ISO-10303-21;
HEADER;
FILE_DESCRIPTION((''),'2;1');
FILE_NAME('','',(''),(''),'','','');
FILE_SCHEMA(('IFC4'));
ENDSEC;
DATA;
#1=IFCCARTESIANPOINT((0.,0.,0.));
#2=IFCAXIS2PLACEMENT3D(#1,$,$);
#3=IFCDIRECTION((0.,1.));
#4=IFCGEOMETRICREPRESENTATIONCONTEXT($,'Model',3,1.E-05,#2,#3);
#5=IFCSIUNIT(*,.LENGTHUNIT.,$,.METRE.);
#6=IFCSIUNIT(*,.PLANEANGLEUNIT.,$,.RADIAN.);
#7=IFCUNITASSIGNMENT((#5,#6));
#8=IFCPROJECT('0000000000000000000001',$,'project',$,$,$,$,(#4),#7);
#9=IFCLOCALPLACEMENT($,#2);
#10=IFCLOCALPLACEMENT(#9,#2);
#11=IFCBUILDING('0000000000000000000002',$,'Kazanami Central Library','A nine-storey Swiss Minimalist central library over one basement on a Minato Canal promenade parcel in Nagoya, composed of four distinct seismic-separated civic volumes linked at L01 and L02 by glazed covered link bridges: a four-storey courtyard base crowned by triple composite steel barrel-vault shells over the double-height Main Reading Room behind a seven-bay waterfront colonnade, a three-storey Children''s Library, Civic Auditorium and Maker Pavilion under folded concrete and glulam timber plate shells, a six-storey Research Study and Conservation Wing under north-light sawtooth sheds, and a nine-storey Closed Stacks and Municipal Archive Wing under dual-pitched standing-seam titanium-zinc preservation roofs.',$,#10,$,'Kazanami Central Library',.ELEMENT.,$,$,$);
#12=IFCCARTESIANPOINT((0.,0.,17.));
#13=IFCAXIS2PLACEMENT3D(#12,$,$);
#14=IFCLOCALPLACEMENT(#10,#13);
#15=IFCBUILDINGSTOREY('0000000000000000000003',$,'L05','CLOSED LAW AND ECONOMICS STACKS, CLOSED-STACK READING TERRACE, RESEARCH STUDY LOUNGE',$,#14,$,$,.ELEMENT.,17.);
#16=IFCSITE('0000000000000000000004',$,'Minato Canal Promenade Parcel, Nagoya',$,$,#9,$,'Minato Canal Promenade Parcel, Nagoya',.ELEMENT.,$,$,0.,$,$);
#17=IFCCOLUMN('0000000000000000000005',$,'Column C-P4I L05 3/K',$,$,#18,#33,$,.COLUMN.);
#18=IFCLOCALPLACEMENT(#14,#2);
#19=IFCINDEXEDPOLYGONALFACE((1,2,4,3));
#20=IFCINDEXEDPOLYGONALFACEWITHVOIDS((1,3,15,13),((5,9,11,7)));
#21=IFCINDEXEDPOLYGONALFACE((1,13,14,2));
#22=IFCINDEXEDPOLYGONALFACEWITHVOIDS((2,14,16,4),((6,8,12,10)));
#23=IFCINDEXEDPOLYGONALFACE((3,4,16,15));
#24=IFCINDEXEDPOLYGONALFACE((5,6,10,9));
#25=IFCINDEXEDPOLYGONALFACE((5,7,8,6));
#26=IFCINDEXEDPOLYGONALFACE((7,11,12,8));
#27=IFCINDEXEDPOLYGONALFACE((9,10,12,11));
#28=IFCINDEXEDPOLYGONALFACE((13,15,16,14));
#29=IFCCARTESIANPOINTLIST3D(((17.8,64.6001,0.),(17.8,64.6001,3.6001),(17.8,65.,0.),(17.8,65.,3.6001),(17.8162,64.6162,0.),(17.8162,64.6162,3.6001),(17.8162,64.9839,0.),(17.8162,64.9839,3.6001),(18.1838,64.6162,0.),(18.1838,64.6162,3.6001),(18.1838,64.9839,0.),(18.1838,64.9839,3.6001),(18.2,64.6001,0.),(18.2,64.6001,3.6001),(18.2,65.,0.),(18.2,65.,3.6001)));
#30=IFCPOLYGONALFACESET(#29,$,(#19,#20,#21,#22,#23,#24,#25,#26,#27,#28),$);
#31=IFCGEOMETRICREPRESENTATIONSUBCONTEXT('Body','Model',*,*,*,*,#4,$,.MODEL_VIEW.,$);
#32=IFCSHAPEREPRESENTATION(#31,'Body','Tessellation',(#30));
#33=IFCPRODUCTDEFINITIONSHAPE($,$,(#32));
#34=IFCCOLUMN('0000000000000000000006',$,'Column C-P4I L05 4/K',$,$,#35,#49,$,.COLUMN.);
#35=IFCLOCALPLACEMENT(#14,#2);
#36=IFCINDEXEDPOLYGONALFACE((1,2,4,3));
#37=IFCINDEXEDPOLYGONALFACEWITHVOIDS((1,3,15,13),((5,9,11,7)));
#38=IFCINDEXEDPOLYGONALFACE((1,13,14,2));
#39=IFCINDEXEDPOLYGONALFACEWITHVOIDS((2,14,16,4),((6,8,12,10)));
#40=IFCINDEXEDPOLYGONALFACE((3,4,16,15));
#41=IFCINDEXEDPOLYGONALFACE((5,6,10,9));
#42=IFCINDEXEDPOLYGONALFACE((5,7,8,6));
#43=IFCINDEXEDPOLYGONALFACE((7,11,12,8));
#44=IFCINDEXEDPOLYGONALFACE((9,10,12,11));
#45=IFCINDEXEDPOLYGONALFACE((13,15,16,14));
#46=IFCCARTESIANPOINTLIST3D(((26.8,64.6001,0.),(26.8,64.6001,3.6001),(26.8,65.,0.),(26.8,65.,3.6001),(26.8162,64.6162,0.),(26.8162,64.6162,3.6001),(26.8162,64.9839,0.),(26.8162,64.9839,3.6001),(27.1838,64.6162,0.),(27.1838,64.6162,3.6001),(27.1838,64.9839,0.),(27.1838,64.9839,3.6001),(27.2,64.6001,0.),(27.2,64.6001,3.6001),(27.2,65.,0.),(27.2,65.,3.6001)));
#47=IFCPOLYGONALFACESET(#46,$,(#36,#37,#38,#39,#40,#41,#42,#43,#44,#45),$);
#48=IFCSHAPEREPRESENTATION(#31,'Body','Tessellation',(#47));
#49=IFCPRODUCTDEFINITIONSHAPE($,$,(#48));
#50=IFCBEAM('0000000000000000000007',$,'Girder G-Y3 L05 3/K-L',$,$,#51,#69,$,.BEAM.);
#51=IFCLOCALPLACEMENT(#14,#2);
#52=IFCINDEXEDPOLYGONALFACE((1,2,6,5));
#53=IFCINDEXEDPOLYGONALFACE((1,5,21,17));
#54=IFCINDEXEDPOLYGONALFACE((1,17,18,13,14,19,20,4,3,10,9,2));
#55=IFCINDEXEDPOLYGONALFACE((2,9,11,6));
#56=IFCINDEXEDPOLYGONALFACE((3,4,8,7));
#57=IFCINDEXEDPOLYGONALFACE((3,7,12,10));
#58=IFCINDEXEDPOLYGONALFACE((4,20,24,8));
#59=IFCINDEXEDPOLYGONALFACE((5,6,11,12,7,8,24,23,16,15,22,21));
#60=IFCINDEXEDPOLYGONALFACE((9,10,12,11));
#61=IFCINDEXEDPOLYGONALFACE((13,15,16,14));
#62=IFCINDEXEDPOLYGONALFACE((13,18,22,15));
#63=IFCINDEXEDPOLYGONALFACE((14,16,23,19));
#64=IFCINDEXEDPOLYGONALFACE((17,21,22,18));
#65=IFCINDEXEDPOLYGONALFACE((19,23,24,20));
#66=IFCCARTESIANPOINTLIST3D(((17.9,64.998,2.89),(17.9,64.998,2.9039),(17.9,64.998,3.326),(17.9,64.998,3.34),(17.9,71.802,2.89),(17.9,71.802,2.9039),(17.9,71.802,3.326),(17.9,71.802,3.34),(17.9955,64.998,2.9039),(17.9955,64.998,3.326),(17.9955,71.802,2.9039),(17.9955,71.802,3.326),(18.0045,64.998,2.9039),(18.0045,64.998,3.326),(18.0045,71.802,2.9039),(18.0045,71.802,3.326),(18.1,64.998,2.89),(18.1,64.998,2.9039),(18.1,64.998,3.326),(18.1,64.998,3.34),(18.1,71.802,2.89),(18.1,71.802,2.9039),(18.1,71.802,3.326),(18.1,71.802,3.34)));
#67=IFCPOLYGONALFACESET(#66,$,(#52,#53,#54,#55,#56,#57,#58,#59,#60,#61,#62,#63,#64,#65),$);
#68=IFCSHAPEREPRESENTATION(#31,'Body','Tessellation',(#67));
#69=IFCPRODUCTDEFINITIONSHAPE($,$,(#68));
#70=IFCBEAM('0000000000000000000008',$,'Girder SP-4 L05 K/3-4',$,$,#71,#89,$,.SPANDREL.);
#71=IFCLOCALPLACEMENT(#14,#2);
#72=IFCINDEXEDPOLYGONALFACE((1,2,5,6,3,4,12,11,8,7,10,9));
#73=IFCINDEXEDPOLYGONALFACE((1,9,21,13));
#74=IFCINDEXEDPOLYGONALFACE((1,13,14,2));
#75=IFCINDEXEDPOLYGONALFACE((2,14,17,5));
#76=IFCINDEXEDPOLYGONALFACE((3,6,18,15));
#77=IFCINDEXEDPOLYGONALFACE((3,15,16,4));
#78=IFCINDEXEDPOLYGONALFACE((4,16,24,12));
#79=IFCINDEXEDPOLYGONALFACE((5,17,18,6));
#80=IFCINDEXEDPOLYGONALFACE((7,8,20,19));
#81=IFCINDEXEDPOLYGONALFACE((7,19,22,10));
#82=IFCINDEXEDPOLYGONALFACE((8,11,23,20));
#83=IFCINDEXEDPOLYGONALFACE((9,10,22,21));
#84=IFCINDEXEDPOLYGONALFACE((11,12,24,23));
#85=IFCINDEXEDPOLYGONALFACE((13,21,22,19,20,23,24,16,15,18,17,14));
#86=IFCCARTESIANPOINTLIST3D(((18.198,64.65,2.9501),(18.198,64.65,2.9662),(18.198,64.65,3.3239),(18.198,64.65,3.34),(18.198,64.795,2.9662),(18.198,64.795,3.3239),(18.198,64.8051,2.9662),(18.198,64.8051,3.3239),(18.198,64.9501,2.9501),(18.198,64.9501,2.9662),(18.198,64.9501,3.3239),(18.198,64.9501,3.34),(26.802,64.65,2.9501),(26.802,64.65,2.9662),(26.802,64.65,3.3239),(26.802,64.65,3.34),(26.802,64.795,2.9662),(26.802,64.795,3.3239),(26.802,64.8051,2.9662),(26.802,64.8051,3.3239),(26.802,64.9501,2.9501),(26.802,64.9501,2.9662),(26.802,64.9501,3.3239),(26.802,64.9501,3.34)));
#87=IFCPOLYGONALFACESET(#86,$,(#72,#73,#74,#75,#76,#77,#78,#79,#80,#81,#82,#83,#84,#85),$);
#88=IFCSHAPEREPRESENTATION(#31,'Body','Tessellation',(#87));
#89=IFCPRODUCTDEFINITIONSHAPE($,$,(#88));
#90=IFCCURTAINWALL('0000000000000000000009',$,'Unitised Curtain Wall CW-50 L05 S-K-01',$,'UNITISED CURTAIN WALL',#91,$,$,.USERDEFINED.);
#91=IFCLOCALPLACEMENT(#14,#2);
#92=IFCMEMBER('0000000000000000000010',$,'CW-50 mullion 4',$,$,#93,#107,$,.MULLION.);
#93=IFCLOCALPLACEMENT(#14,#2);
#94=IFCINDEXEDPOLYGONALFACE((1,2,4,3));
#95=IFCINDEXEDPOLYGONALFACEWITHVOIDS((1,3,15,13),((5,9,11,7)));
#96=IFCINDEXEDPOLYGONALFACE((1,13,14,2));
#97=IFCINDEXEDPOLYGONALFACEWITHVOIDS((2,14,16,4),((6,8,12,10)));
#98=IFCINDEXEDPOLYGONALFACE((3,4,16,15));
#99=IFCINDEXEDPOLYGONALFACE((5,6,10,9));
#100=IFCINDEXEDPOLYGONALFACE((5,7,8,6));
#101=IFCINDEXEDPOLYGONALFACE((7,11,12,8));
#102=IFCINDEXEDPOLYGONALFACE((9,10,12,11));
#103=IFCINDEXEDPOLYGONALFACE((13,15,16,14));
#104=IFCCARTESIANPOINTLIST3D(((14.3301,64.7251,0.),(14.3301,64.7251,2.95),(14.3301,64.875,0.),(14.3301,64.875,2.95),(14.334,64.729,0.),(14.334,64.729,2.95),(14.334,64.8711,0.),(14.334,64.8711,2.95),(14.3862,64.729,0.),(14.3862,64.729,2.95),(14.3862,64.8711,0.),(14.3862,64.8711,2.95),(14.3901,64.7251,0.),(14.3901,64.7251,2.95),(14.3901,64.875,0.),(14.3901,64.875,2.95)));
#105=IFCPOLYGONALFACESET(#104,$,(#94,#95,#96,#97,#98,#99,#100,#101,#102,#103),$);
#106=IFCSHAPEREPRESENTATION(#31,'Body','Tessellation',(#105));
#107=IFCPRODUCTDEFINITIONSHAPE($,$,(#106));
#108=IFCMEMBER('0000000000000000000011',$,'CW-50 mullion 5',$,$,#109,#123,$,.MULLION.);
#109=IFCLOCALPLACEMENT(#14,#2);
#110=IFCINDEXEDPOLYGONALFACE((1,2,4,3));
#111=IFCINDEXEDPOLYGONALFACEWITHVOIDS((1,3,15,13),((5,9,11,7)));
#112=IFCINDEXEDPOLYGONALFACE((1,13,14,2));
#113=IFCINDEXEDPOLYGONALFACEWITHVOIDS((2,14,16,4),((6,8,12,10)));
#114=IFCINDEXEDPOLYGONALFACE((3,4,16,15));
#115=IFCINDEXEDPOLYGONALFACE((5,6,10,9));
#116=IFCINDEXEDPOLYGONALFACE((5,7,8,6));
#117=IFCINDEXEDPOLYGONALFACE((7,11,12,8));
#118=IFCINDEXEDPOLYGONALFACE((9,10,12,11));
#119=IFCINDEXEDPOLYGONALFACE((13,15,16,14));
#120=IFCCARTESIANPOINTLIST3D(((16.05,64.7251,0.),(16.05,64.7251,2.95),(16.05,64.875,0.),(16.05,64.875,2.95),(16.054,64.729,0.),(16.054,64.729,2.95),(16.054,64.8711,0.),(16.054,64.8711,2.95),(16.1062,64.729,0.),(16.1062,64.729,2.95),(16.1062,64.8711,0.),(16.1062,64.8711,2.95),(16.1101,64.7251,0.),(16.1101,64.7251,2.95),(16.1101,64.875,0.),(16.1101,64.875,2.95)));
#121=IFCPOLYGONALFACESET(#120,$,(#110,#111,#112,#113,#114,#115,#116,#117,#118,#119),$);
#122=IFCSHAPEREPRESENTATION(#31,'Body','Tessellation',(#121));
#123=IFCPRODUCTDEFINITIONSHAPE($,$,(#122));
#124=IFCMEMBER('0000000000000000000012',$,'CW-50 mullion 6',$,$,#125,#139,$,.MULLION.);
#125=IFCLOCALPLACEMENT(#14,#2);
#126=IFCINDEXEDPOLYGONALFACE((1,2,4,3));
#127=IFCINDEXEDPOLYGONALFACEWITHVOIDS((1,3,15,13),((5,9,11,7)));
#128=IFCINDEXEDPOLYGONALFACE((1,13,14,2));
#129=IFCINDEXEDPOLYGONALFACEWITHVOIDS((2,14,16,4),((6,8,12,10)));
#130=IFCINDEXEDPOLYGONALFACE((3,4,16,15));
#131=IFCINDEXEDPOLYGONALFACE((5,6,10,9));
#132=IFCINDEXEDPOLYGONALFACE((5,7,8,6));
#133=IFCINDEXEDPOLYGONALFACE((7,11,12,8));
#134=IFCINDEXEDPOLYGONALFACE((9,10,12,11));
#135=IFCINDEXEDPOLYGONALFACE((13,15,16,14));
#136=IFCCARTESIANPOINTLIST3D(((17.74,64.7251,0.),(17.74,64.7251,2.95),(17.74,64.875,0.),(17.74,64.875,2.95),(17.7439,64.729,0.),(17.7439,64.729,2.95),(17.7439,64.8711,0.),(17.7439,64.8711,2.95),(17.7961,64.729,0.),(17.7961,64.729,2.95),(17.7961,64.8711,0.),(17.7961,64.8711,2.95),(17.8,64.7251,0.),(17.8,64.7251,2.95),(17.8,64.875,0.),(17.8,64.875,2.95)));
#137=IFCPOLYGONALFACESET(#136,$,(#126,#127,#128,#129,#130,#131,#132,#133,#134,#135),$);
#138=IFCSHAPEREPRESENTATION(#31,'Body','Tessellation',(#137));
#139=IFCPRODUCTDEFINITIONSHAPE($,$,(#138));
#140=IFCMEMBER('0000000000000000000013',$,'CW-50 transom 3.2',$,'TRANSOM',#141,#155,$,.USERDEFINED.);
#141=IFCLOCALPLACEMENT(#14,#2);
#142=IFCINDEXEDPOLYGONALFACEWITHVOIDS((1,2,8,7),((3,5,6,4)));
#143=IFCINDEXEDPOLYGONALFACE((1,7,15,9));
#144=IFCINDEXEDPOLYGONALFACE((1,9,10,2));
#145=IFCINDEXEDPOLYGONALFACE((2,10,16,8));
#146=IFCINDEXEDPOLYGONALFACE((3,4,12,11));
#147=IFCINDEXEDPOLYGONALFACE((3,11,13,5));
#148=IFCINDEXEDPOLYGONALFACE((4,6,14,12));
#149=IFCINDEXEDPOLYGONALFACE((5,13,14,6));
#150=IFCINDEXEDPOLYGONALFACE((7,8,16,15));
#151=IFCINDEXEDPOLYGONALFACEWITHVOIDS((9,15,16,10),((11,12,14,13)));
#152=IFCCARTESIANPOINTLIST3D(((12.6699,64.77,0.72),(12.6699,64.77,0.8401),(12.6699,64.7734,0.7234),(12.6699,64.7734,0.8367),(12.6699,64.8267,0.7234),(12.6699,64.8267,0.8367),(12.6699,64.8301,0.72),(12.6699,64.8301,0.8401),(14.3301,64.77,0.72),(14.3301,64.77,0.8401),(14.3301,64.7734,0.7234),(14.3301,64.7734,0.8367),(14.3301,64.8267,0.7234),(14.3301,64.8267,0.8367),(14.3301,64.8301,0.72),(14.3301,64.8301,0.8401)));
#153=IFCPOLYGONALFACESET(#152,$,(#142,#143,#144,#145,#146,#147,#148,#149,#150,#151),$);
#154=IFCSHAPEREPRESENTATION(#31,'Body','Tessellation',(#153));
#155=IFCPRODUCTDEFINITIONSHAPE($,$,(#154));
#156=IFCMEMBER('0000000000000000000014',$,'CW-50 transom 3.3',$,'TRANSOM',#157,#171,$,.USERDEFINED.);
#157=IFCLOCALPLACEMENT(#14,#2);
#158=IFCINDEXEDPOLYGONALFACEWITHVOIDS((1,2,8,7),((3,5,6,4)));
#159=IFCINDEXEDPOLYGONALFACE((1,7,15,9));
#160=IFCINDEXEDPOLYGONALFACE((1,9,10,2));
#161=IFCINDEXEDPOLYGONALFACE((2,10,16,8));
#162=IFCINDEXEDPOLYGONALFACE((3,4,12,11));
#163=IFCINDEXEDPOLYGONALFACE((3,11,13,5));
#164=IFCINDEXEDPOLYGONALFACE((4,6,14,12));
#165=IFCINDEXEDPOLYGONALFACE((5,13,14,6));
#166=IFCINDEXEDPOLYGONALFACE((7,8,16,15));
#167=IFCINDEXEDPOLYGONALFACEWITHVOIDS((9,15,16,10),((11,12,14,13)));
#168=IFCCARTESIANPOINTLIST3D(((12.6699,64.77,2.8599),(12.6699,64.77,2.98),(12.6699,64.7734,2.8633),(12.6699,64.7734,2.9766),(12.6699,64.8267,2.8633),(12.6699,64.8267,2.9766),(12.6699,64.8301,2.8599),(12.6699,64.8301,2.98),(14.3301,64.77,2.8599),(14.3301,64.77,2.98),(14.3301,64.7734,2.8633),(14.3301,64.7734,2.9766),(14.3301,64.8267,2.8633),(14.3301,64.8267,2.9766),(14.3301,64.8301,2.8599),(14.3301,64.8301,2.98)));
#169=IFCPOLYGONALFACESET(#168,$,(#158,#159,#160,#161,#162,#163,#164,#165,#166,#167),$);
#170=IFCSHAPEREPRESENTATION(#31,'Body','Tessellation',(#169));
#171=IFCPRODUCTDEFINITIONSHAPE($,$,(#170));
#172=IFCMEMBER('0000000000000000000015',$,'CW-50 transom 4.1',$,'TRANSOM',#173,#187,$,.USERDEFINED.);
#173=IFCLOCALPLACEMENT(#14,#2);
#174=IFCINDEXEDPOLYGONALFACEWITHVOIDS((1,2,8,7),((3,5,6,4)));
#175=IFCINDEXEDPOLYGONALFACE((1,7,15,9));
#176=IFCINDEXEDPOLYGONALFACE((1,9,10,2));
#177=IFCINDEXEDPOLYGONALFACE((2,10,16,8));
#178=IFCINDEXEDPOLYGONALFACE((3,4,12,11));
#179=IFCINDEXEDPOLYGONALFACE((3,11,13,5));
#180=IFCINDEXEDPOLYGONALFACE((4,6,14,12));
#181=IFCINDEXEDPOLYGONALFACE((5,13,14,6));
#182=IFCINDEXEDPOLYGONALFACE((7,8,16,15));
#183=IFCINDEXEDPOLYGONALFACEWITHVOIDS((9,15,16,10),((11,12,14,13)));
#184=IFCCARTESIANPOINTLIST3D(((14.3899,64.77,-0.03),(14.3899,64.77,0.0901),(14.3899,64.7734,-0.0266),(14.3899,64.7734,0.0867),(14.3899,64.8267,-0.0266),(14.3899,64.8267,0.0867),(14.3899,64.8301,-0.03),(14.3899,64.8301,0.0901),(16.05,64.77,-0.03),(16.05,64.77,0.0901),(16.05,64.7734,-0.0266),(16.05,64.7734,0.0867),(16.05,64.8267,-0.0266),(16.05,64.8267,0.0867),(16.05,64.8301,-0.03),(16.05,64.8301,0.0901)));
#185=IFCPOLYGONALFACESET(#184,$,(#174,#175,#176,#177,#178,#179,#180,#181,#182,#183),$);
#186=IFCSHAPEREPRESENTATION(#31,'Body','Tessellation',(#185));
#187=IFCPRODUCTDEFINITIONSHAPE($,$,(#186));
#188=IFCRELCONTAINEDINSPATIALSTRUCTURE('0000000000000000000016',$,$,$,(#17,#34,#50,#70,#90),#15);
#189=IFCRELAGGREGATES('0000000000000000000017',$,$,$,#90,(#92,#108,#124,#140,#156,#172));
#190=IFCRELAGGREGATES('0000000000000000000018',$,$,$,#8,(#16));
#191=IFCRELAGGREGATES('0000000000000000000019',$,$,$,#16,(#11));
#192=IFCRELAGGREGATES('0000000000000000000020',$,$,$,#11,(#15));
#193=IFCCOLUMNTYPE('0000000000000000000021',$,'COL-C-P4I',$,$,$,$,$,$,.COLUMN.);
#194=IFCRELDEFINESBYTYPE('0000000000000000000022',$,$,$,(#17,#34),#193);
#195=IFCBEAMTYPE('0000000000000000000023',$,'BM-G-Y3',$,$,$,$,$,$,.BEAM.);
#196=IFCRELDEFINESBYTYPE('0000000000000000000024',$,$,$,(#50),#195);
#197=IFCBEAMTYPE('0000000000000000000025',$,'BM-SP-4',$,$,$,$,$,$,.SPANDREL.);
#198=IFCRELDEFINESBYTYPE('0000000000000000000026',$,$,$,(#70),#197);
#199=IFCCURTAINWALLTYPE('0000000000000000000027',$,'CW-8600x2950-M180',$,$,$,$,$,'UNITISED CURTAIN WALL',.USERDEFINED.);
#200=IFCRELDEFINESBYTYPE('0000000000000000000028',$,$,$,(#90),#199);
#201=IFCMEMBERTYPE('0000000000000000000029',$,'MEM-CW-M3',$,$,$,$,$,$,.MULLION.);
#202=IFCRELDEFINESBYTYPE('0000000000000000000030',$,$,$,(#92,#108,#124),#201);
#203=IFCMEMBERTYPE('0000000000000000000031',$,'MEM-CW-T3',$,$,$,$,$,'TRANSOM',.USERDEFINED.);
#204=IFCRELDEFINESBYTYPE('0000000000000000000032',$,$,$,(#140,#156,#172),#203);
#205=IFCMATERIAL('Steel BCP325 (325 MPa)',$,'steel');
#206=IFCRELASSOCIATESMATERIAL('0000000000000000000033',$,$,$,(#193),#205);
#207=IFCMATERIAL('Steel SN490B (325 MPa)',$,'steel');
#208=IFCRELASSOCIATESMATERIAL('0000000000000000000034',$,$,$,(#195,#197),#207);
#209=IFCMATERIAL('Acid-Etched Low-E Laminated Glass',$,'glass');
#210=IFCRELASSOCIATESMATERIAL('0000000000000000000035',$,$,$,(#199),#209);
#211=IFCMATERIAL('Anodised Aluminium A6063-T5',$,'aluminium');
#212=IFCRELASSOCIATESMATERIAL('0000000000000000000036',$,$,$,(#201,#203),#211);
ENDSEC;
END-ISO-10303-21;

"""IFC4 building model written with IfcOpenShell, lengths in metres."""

from ifc_helpers import new_model, si_unit, direction, frame, origin, origin_2d, place, context, subcontext, project, spatial, hollow_rectangle, i_section, extrude, material, material_profile, profile_set, type_object, element, aggregate, save


model = new_model("IFC4")

# Units and contexts
model_context = context("Model", 3, precision=1e-05, world=origin(), true_north=direction((0.0, 1.0)))
body_context = subcontext(model_context, "Body", "Model", "MODEL_VIEW")
ifc_project = project(units=[si_unit("LENGTHUNIT", "METRE"), si_unit("PLANEANGLEUNIT", "RADIAN")], contexts=[model_context])

# Site, building, storey
site_placement = place(None, origin())
site = spatial("IfcSite", under=ifc_project, at=site_placement, Name="Minato Canal Promenade Parcel, Nagoya", LongName="Minato Canal Promenade Parcel, Nagoya", CompositionType="ELEMENT", RefElevation=0.0)
building_placement = place(site_placement, origin())
building = spatial("IfcBuilding", under=site, at=building_placement, Name="Kazanami Central Library", Description="A nine-storey Swiss Minimalist central library over one basement on a Minato Canal promenade parcel in Nagoya, composed of four distinct seismic-separated civic volumes linked at L01 and L02 by glazed covered link bridges: a four-storey courtyard base crowned by triple composite steel barrel-vault shells over the double-height Main Reading Room behind a seven-bay waterfront colonnade, a three-storey Children's Library, Civic Auditorium and Maker Pavilion under folded concrete and glulam timber plate shells, a six-storey Research Study and Conservation Wing under north-light sawtooth sheds, and a nine-storey Closed Stacks and Municipal Archive Wing under dual-pitched standing-seam titanium-zinc preservation roofs.", LongName="Kazanami Central Library", CompositionType="ELEMENT")
storey_placement = place(building_placement, frame((0.0, 0.0, 17.0)))
storey = spatial("IfcBuildingStorey", under=building, at=storey_placement, Name="L05", Description="CLOSED LAW AND ECONOMICS STACKS, CLOSED-STACK READING TERRACE, RESEARCH STUDY LOUNGE", CompositionType="ELEMENT", Elevation=17.0)

# Columns
ifc_material_1 = material(Name="Steel BCP325 (325 MPa)", Category="steel")
ifc_material_profile_1 = material_profile(ifc_material_1, hollow_rectangle(XDim=0.3999, YDim=0.3999, WallThickness=0.0161, at=origin_2d()), Name="BCP-400x400x16")
ifc_profile_set_1 = profile_set([ifc_material_profile_1], Name="Steel BCP325 (325 MPa)")
column_type = type_object("IfcColumnType", Name="COL-C-P4I", PredefinedType="COLUMN", material=ifc_profile_set_1)
for number, where, z_axis, x_axis, name in (
    (1, (18.0, 64.8, 0.0), (0.0, 0.0, 1.0), (1.0, 0.0, 0.0), "Column C-P4I L05 3/K"),
    (2, (27.0, 64.8, 0.0), (0.0, 0.0, 1.0), (1.0, 0.0, 0.0), "Column C-P4I L05 4/K"),
):
    element("IfcColumn", number, at=place(storey_placement, frame(where, z_axis=z_axis, x_axis=x_axis)), inside=storey, type_object=column_type, Name=name, PredefinedType="COLUMN", context=body_context, shape_type="SweptSolid", body=[
        extrude(hollow_rectangle(XDim=0.3999, YDim=0.3999, WallThickness=0.0161, at=origin_2d()), origin(), (0.0, 0.0, 1.0), 3.6001),
    ])

# Beams
ifc_material_2 = material(Name="Steel SN490B (325 MPa)", Category="steel")
ifc_material_profile_2 = material_profile(ifc_material_2, i_section(OverallWidth=0.2, OverallDepth=0.45, WebThickness=0.009, FlangeThickness=0.0139, at=origin_2d()), Name="H-450x200x9x14")
ifc_profile_set_2 = profile_set([ifc_material_profile_2], Name="Steel SN490B (325 MPa)")
beam_type_1 = type_object("IfcBeamType", Name="BM-G-Y3", PredefinedType="BEAM", material=ifc_profile_set_2)
beam_1_placement = place(storey_placement, frame((18.0, 64.998, 3.115), z_axis=(0.0, 1.0, 0.0), x_axis=(-1.0, 0.0, 0.0)))
element("IfcBeam", 3, at=beam_1_placement, inside=storey, type_object=beam_type_1, Name="Girder G-Y3 L05 3/K-L", PredefinedType="BEAM", context=body_context, shape_type="SweptSolid", body=[
    extrude(i_section(OverallWidth=0.2, OverallDepth=0.45, WebThickness=0.009, FlangeThickness=0.0139, at=origin_2d()), origin(), (0.0, 0.0, 1.0), 6.804),
])
ifc_material_profile_3 = material_profile(ifc_material_2, i_section(OverallWidth=0.3, OverallDepth=0.3899, WebThickness=0.01, FlangeThickness=0.0161, at=origin_2d()), Name="H-390x300x10x16")
ifc_profile_set_3 = profile_set([ifc_material_profile_3], Name="Steel SN490B (325 MPa)")
beam_type_2 = type_object("IfcBeamType", Name="BM-SP-4", PredefinedType="SPANDREL", material=ifc_profile_set_3)
beam_2_placement = place(storey_placement, frame((18.198, 64.8, 3.145), z_axis=(1.0, 0.0, 0.0), x_axis=(0.0, 1.0, 0.0)))
element("IfcBeam", 4, at=beam_2_placement, inside=storey, type_object=beam_type_2, Name="Girder SP-4 L05 K/3-4", PredefinedType="SPANDREL", context=body_context, shape_type="SweptSolid", body=[
    extrude(i_section(OverallWidth=0.3, OverallDepth=0.3899, WebThickness=0.01, FlangeThickness=0.0161, at=origin_2d()), origin(), (0.0, 0.0, 1.0), 8.604),
])

# Curtain wall, members
ifc_material_3 = material(Name="Acid-Etched Low-E Laminated Glass", Category="glass")
curtain_wall_type = type_object("IfcCurtainWallType", Name="CW-8600x2950-M180", ElementType="UNITISED CURTAIN WALL", PredefinedType="USERDEFINED", material=ifc_material_3)
curtain_wall_placement = place(storey_placement, origin())
curtain_wall = element("IfcCurtainWall", 5, at=curtain_wall_placement, inside=storey, type_object=curtain_wall_type, Name="Unitised Curtain Wall CW-50 L05 S-K-01", ObjectType="UNITISED CURTAIN WALL", PredefinedType="USERDEFINED")
ifc_material_4 = material(Name="Anodised Aluminium A6063-T5", Category="aluminium")
ifc_material_profile_4 = material_profile(ifc_material_4, hollow_rectangle(XDim=0.0601, YDim=0.1499, WallThickness=0.0039, at=origin_2d()), Name="ALU-MULL-60x150x4")
ifc_profile_set_4 = profile_set([ifc_material_profile_4], Name="Anodised Aluminium A6063-T5")
member_type_1 = type_object("IfcMemberType", Name="MEM-CW-M3", PredefinedType="MULLION", material=ifc_profile_set_4)
member_1_placement = place(storey_placement, frame((14.3601, 64.8, 0.0), z_axis=(0.0, 0.0, 1.0), x_axis=(1.0, 0.0, 0.0)))
member_1 = element("IfcMember", 6, at=member_1_placement, type_object=member_type_1, Name="CW-50 mullion 4", PredefinedType="MULLION", context=body_context, shape_type="SweptSolid", body=[
    extrude(hollow_rectangle(XDim=0.0601, YDim=0.1499, WallThickness=0.0039, at=origin_2d()), origin(), (0.0, 0.0, 1.0), 2.95),
])
member_2_placement = place(storey_placement, frame((16.0801, 64.8, 0.0), z_axis=(0.0, 0.0, 1.0), x_axis=(1.0, 0.0, 0.0)))
member_2 = element("IfcMember", 7, at=member_2_placement, type_object=member_type_1, Name="CW-50 mullion 5", PredefinedType="MULLION", context=body_context, shape_type="SweptSolid", body=[
    extrude(hollow_rectangle(XDim=0.0601, YDim=0.1499, WallThickness=0.0039, at=origin_2d()), origin(), (0.0, 0.0, 1.0), 2.95),
])
member_3_placement = place(storey_placement, frame((17.77, 64.8, 0.0), z_axis=(0.0, 0.0, 1.0), x_axis=(1.0, 0.0, 0.0)))
member_3 = element("IfcMember", 8, at=member_3_placement, type_object=member_type_1, Name="CW-50 mullion 6", PredefinedType="MULLION", context=body_context, shape_type="SweptSolid", body=[
    extrude(hollow_rectangle(XDim=0.0601, YDim=0.1499, WallThickness=0.0039, at=origin_2d()), origin(), (0.0, 0.0, 1.0), 2.95),
])
ifc_material_profile_5 = material_profile(ifc_material_4, hollow_rectangle(XDim=0.0601, YDim=0.1201, WallThickness=0.0034, at=origin_2d()), Name="ALU-TRAN-60x120x3.5")
ifc_profile_set_5 = profile_set([ifc_material_profile_5], Name="Anodised Aluminium A6063-T5")
member_type_2 = type_object("IfcMemberType", Name="MEM-CW-T3", ElementType="TRANSOM", PredefinedType="USERDEFINED", material=ifc_profile_set_5)
member_4_placement = place(storey_placement, frame((12.6699, 64.8, 0.78), z_axis=(1.0, 0.0, 0.0), x_axis=(0.0, 1.0, 0.0)))
member_4 = element("IfcMember", 9, at=member_4_placement, type_object=member_type_2, Name="CW-50 transom 3.2", ObjectType="TRANSOM", PredefinedType="USERDEFINED", context=body_context, shape_type="SweptSolid", body=[
    extrude(hollow_rectangle(XDim=0.0601, YDim=0.1201, WallThickness=0.0034, at=origin_2d()), origin(), (0.0, 0.0, 1.0), 1.6602),
])
member_5_placement = place(storey_placement, frame((12.6699, 64.8, 2.9199), z_axis=(1.0, 0.0, 0.0), x_axis=(0.0, 1.0, 0.0)))
member_5 = element("IfcMember", 10, at=member_5_placement, type_object=member_type_2, Name="CW-50 transom 3.3", ObjectType="TRANSOM", PredefinedType="USERDEFINED", context=body_context, shape_type="SweptSolid", body=[
    extrude(hollow_rectangle(XDim=0.0601, YDim=0.1201, WallThickness=0.0034, at=origin_2d()), origin(), (0.0, 0.0, 1.0), 1.6602),
])
member_6_placement = place(storey_placement, frame((14.3899, 64.8, 0.03), z_axis=(1.0, 0.0, 0.0), x_axis=(0.0, 1.0, 0.0)))
member_6 = element("IfcMember", 11, at=member_6_placement, type_object=member_type_2, Name="CW-50 transom 4.1", ObjectType="TRANSOM", PredefinedType="USERDEFINED", context=body_context, shape_type="SweptSolid", body=[
    extrude(hollow_rectangle(XDim=0.0601, YDim=0.1201, WallThickness=0.0034, at=origin_2d()), origin(), (0.0, 0.0, 1.0), 1.6602),
])
aggregate(curtain_wall, [member_1, member_2, member_3, member_4, member_5, member_6])

save(model, "model.ifc")
